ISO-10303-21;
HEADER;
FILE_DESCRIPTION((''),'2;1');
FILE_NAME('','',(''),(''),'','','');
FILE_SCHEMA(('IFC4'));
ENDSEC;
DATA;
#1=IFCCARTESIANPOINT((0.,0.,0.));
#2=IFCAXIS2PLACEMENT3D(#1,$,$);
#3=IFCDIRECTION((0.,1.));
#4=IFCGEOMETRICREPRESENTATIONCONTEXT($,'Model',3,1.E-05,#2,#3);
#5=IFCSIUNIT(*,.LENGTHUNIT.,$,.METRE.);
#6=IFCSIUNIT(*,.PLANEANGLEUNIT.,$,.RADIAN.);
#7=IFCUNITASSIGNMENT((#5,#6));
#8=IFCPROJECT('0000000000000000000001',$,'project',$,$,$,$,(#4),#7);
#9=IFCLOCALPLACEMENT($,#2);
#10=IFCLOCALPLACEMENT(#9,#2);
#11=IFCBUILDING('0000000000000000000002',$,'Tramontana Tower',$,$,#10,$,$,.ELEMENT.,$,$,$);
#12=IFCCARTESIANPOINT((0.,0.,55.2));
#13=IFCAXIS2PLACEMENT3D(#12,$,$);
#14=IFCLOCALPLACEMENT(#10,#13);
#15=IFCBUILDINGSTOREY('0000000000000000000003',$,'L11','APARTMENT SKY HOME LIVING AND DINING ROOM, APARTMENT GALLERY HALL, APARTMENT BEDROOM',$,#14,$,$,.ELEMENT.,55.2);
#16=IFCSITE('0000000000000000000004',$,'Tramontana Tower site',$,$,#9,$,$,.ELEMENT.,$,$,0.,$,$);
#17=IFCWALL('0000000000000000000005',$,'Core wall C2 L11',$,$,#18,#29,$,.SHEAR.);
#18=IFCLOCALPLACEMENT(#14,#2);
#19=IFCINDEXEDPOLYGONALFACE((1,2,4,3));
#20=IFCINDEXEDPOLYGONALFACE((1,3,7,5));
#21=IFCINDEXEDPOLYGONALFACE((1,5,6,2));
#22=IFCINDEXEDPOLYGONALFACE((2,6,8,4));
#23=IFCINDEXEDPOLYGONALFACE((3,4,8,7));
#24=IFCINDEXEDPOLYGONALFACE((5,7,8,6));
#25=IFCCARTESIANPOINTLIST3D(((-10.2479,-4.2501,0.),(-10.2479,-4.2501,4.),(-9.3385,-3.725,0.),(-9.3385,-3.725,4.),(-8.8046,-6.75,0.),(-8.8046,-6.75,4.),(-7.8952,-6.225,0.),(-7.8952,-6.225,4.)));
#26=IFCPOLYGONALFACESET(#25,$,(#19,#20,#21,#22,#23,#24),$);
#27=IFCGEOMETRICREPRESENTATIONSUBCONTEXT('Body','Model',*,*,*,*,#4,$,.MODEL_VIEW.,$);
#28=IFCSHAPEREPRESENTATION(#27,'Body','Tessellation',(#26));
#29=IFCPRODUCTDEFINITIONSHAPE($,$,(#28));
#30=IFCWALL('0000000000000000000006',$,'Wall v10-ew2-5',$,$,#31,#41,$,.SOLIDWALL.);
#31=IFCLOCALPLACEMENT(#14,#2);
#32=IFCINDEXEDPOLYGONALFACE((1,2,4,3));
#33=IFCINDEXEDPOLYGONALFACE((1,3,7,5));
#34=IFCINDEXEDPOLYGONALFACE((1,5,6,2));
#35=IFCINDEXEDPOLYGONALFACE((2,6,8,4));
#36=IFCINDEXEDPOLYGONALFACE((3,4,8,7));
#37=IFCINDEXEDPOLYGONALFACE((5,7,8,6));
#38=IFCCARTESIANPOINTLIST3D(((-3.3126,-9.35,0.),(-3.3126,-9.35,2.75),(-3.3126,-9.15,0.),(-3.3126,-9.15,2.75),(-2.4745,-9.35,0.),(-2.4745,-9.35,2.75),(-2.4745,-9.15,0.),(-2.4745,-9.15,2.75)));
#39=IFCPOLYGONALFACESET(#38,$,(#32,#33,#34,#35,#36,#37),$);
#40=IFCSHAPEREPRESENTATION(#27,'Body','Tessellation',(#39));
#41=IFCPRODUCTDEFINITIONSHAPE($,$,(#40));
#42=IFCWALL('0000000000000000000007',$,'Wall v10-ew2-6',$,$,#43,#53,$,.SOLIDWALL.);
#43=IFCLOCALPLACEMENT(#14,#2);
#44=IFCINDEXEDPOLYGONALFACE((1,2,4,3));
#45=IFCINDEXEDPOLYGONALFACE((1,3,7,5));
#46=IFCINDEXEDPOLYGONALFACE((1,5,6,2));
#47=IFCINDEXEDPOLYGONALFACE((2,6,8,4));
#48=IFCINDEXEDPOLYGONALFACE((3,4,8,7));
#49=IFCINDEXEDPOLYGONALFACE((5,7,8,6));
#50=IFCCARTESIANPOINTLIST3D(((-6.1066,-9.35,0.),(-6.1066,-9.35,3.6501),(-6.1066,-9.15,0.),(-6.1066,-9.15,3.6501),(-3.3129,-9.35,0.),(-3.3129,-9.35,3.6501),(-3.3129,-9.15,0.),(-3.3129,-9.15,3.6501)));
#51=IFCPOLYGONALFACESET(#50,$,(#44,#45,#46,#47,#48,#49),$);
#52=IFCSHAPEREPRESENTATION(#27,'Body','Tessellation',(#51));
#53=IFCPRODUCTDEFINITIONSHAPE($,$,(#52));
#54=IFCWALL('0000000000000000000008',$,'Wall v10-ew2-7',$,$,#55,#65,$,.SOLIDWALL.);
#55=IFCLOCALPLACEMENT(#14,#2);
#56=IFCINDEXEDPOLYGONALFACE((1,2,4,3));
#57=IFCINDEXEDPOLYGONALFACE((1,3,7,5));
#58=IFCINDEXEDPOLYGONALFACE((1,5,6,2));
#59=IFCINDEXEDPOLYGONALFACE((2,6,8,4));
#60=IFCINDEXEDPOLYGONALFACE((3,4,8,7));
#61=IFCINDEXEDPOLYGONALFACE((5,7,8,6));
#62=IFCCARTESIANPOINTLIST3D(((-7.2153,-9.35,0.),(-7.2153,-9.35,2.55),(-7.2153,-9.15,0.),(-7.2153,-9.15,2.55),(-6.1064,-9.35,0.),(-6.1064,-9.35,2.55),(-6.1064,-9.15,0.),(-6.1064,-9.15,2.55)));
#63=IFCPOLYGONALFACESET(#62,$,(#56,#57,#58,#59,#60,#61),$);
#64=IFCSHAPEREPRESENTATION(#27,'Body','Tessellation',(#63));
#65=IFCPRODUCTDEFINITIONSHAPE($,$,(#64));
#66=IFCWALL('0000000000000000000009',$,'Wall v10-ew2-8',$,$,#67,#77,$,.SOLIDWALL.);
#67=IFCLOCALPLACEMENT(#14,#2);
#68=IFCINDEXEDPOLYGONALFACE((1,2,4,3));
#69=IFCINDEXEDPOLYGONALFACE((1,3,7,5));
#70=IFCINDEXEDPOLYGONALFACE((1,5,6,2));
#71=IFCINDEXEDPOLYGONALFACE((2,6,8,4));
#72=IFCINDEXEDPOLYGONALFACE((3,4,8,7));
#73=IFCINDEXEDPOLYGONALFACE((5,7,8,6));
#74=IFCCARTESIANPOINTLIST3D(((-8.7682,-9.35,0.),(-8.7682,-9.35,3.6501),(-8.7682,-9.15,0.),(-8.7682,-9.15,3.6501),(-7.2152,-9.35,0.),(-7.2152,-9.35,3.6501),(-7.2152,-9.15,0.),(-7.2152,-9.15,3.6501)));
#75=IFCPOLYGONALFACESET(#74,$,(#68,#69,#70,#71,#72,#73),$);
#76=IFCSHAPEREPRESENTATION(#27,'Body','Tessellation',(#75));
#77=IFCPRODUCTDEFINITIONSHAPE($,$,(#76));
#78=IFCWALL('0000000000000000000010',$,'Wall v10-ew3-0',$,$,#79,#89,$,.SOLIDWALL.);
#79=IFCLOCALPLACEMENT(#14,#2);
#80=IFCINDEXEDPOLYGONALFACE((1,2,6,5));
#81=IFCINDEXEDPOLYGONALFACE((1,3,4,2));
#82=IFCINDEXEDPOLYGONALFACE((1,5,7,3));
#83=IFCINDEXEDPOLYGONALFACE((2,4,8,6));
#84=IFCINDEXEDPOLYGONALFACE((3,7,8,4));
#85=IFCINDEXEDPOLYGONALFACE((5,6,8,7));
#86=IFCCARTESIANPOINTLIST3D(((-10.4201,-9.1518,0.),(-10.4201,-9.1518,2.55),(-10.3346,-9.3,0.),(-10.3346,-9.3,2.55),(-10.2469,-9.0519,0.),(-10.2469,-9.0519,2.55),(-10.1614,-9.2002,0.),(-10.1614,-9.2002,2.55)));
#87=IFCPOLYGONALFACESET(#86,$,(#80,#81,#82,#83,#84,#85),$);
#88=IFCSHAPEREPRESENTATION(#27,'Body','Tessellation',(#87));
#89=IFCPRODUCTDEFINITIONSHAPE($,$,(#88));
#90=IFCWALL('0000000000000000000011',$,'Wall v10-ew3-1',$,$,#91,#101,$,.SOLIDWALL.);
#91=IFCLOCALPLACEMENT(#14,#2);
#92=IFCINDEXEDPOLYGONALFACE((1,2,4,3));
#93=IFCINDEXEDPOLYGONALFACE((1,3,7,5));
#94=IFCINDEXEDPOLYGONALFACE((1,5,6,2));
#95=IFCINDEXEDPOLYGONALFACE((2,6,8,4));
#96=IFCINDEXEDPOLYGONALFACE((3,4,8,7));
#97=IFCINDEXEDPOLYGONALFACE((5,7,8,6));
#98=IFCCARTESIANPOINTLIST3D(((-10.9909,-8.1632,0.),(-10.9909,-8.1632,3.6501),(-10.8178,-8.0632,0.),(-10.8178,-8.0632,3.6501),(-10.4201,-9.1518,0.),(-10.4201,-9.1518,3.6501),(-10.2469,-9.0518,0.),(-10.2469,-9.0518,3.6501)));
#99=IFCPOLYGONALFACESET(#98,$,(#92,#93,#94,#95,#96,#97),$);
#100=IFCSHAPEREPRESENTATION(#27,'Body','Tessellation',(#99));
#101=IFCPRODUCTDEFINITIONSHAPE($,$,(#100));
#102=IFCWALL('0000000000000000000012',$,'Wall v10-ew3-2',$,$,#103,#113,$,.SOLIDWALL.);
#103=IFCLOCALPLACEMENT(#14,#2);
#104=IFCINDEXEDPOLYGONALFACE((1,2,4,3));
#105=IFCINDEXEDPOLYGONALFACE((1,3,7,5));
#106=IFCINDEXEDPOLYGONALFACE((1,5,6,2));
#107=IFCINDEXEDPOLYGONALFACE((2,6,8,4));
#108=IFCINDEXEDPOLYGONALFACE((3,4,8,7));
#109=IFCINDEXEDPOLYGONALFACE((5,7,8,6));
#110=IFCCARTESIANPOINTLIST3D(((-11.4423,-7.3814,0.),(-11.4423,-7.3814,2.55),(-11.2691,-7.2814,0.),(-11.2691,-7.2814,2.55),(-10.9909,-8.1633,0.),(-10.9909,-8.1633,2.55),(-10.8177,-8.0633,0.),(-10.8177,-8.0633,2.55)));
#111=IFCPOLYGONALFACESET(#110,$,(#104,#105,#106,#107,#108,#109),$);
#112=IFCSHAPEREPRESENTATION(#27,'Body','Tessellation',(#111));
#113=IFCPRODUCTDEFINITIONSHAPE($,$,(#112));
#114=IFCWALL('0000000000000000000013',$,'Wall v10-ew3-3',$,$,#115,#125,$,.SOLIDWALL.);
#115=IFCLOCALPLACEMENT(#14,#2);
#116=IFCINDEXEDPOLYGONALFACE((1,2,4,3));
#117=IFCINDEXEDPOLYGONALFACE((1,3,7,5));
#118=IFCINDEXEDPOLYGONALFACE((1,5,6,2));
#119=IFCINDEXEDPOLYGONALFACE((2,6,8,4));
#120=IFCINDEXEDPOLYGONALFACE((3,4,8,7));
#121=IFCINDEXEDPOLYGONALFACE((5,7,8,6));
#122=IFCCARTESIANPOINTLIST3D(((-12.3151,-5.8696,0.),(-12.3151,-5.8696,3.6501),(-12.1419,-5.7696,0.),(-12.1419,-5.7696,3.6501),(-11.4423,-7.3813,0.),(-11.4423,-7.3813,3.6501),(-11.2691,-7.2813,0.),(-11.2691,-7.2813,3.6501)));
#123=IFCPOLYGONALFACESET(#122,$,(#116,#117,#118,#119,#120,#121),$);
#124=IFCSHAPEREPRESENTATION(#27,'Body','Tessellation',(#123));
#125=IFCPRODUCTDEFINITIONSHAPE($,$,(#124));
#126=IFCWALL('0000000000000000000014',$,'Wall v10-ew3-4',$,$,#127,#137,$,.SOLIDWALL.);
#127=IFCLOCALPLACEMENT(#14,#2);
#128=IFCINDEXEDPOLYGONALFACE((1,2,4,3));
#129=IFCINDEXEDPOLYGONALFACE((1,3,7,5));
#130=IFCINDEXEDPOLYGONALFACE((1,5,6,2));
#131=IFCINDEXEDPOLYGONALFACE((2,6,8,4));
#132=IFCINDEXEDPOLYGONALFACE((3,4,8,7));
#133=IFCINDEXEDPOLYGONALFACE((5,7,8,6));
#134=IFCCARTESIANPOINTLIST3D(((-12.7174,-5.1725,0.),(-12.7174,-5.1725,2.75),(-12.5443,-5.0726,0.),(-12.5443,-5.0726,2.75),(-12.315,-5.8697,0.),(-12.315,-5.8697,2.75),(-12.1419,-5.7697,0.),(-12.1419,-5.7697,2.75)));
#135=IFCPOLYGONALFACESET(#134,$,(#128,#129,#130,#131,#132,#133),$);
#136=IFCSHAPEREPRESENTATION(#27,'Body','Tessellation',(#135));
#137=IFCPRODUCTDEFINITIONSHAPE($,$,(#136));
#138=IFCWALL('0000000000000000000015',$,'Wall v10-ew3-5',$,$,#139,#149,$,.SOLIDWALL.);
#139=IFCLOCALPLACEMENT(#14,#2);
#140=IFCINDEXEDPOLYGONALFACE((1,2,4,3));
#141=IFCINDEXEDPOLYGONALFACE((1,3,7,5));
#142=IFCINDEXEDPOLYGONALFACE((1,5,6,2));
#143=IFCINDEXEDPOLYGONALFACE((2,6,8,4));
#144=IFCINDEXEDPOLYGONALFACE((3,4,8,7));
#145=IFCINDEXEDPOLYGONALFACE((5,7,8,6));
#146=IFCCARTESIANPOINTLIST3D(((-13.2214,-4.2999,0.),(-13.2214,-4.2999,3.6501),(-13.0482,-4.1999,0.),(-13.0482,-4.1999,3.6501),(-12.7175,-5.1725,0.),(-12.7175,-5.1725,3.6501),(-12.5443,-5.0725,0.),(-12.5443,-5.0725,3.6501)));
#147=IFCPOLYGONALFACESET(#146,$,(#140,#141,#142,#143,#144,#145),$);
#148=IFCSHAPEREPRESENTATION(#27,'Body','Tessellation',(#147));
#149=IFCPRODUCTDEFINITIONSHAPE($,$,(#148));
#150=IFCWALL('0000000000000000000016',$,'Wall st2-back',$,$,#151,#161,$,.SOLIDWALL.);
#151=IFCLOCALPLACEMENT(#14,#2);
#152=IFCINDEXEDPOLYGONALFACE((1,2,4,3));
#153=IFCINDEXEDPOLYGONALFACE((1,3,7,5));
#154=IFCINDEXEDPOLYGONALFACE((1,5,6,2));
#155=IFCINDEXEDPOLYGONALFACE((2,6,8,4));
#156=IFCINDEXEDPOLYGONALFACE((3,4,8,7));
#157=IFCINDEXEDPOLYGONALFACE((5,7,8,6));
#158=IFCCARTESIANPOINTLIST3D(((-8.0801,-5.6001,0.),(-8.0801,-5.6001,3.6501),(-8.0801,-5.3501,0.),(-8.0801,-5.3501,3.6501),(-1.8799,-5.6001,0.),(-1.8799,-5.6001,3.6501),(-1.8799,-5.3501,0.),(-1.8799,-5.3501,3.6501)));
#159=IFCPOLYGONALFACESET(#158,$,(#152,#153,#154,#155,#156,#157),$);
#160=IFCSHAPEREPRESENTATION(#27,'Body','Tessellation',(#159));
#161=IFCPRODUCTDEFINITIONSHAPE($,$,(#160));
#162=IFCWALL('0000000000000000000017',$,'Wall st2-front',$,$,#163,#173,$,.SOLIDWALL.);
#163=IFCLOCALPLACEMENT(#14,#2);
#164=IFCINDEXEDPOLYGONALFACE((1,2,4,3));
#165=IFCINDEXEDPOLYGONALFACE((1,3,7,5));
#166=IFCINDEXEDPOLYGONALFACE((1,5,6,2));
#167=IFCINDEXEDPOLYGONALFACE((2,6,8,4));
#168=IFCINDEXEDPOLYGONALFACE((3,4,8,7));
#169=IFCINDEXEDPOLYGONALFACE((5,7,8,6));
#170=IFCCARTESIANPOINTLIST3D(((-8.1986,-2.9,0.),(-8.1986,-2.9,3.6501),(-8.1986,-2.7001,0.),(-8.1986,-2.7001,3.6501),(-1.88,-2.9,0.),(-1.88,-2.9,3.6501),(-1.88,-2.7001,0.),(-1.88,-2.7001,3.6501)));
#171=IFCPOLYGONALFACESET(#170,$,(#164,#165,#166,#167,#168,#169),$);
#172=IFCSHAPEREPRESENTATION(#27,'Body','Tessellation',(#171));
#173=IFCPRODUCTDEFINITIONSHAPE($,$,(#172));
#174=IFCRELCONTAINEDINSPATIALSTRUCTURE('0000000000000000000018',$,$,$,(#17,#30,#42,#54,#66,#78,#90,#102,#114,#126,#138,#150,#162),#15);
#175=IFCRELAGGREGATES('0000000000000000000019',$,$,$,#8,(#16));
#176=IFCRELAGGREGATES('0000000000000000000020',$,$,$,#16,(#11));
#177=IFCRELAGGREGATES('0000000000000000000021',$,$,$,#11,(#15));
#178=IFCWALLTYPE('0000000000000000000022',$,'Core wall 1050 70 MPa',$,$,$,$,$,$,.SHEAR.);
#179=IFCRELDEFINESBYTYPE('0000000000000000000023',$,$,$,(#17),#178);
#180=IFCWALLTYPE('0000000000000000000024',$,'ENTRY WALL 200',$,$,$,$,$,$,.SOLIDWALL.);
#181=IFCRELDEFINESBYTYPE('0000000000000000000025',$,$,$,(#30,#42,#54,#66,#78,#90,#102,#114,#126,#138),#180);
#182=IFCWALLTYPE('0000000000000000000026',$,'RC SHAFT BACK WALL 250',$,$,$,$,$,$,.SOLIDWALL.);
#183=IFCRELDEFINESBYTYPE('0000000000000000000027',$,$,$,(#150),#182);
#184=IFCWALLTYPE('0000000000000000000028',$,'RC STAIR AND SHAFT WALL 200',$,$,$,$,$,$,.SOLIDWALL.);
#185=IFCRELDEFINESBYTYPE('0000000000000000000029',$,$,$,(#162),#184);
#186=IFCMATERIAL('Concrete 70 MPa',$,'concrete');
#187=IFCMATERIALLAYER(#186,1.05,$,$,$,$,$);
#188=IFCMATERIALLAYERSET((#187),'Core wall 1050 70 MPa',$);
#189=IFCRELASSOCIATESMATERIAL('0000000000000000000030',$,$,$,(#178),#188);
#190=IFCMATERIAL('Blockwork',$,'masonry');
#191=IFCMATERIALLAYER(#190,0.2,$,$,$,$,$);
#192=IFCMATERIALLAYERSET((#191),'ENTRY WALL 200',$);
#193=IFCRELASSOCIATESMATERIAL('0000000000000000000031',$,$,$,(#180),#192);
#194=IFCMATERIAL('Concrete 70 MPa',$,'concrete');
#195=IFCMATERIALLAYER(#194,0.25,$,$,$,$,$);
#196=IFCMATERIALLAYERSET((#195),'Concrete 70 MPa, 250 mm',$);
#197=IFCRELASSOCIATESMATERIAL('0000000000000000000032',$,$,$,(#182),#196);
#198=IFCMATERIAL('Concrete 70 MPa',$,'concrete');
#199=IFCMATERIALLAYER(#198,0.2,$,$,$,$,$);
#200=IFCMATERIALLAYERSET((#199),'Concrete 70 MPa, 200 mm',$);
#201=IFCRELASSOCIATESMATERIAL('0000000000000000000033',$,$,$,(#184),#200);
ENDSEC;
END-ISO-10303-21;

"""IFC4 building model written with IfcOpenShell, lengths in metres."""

from ifc_helpers import new_model, si_unit, direction, frame, frame_2d, origin, place, context, subcontext, project, spatial, rectangle, extrude, material, layer, layer_set, type_object, element, save


model = new_model("IFC4")

# Units and contexts
model_context = context("Model", 3, precision=1e-05, world=origin(), true_north=direction((0.0, 1.0)))
body_context = subcontext(model_context, "Body", "Model", "MODEL_VIEW")
ifc_project = project(units=[si_unit("LENGTHUNIT", "METRE"), si_unit("PLANEANGLEUNIT", "RADIAN")], contexts=[model_context])

# Site, building, storey
site_placement = place(None, origin())
site = spatial("IfcSite", under=ifc_project, at=site_placement, Name="Tramontana Tower site", CompositionType="ELEMENT", RefElevation=0.0)
building_placement = place(site_placement, origin())
building = spatial("IfcBuilding", under=site, at=building_placement, Name="Tramontana Tower", CompositionType="ELEMENT")
storey_placement = place(building_placement, frame((0.0, 0.0, 55.2)))
storey = spatial("IfcBuildingStorey", under=building, at=storey_placement, Name="L11", Description="APARTMENT SKY HOME LIVING AND DINING ROOM, APARTMENT GALLERY HALL, APARTMENT BEDROOM", CompositionType="ELEMENT", Elevation=55.2)

# Wall
ifc_material_1 = material(Name="Concrete 70 MPa", Category="concrete")
ifc_layer_1 = layer(ifc_material_1, 1.05)
ifc_layer_set_1 = layer_set([ifc_layer_1], Name="Core wall 1050 70 MPa")
wall_type_1 = type_object("IfcWallType", Name="Core wall 1050 70 MPa", PredefinedType="SHEAR", material=ifc_layer_set_1)
wall_1_placement = place(storey_placement, frame((-9.7932, -3.9875, 0.0), z_axis=(0.0, 0.0, 1.0), x_axis=(0.499996, -0.866028, 0.0)))
element("IfcWall", 1, at=wall_1_placement, inside=storey, type_object=wall_type_1, Name="Core wall C2 L11", PredefinedType="SHEAR", context=body_context, shape_type="SweptSolid", body=[
    extrude(rectangle(XDim=2.8867, YDim=1.05, at=frame_2d((1.4434, 0.0))), origin(), (0.0, 0.0, 1.0), 4.0),
])

# Walls
ifc_material_2 = material(Name="Blockwork", Category="masonry")
ifc_layer_2 = layer(ifc_material_2, 0.2)
ifc_layer_set_2 = layer_set([ifc_layer_2], Name="ENTRY WALL 200")
wall_type_2 = type_object("IfcWallType", Name="ENTRY WALL 200", PredefinedType="SOLIDWALL", material=ifc_layer_set_2)
wall_2_placement = place(storey_placement, frame((-2.4746, -9.25, 0.0), z_axis=(0.0, 0.0, 1.0), x_axis=(-1.0, 0.0, 0.0)))
element("IfcWall", 2, at=wall_2_placement, inside=storey, type_object=wall_type_2, Name="Wall v10-ew2-5", PredefinedType="SOLIDWALL", context=body_context, shape_type="SweptSolid", body=[
    extrude(rectangle(XDim=0.8381, YDim=0.2, at=frame_2d((0.4189, 0.0))), origin(), (0.0, 0.0, 1.0), 2.75),
])
wall_3_placement = place(storey_placement, frame((-3.3127, -9.25, 0.0), z_axis=(0.0, 0.0, 1.0), x_axis=(-1.0, 0.0, 0.0)))
element("IfcWall", 3, at=wall_3_placement, inside=storey, type_object=wall_type_2, Name="Wall v10-ew2-6", PredefinedType="SOLIDWALL", context=body_context, shape_type="SweptSolid", body=[
    extrude(rectangle(XDim=2.7937, YDim=0.2, at=frame_2d((1.397, 0.0))), origin(), (0.0, 0.0, 1.0), 3.6501),
])
wall_4_placement = place(storey_placement, frame((-6.1064, -9.25, 0.0), z_axis=(0.0, 0.0, 1.0), x_axis=(-1.0, 0.0, 0.0)))
element("IfcWall", 4, at=wall_4_placement, inside=storey, type_object=wall_type_2, Name="Wall v10-ew2-7", PredefinedType="SOLIDWALL", context=body_context, shape_type="SweptSolid", body=[
    extrude(rectangle(XDim=1.1089, YDim=0.2, at=frame_2d((0.5544, 0.0))), origin(), (0.0, 0.0, 1.0), 2.55),
])
wall_5_placement = place(storey_placement, frame((-7.2153, -9.25, 0.0), z_axis=(0.0, 0.0, 1.0), x_axis=(-1.0, 0.0, 0.0)))
element("IfcWall", 5, at=wall_5_placement, inside=storey, type_object=wall_type_2, Name="Wall v10-ew2-8", PredefinedType="SOLIDWALL", context=body_context, shape_type="SweptSolid", body=[
    extrude(rectangle(XDim=1.553, YDim=0.2, at=frame_2d((0.7764, 0.0))), origin(), (0.0, 0.0, 1.0), 3.6501),
])

# Walls
wall_6_placement = place(storey_placement, frame((-10.248, -9.25, 0.0), z_axis=(0.0, 0.0, 1.0), x_axis=(-0.499517, 0.866304, 0.0)))
element("IfcWall", 6, at=wall_6_placement, inside=storey, type_object=wall_type_2, Name="Wall v10-ew3-0", PredefinedType="SOLIDWALL", context=body_context, shape_type="SweptSolid", body=[
    extrude(rectangle(XDim=0.1711, YDim=0.2, at=frame_2d((0.0854, 0.0))), origin(), (0.0, 0.0, 1.0), 2.55),
])
wall_7_placement = place(storey_placement, frame((-10.3335, -9.1018, 0.0), z_axis=(0.0, 0.0, 1.0), x_axis=(-0.50005, 0.865997, 0.0)))
element("IfcWall", 7, at=wall_7_placement, inside=storey, type_object=wall_type_2, Name="Wall v10-ew3-1", PredefinedType="SOLIDWALL", context=body_context, shape_type="SweptSolid", body=[
    extrude(rectangle(XDim=1.1416, YDim=0.2, at=frame_2d((0.5708, 0.0))), origin(), (0.0, 0.0, 1.0), 3.6501),
])
wall_8_placement = place(storey_placement, frame((-10.9043, -8.1133, 0.0), z_axis=(0.0, 0.0, 1.0), x_axis=(-0.499949, 0.866055, 0.0)))
element("IfcWall", 8, at=wall_8_placement, inside=storey, type_object=wall_type_2, Name="Wall v10-ew3-2", PredefinedType="SOLIDWALL", context=body_context, shape_type="SweptSolid", body=[
    extrude(rectangle(XDim=0.9028, YDim=0.2, at=frame_2d((0.4514, 0.0))), origin(), (0.0, 0.0, 1.0), 2.55),
])
wall_9_placement = place(storey_placement, frame((-11.3557, -7.3313, 0.0), z_axis=(0.0, 0.0, 1.0), x_axis=(-0.500005, 0.866023, 0.0)))
element("IfcWall", 9, at=wall_9_placement, inside=storey, type_object=wall_type_2, Name="Wall v10-ew3-3", PredefinedType="SOLIDWALL", context=body_context, shape_type="SweptSolid", body=[
    extrude(rectangle(XDim=1.7456, YDim=0.2, at=frame_2d((0.8728, 0.0))), origin(), (0.0, 0.0, 1.0), 3.6501),
])
wall_10_placement = place(storey_placement, frame((-12.2285, -5.8196, 0.0), z_axis=(0.0, 0.0, 1.0), x_axis=(-0.499924, 0.866069, 0.0)))
element("IfcWall", 10, at=wall_10_placement, inside=storey, type_object=wall_type_2, Name="Wall v10-ew3-4", PredefinedType="SOLIDWALL", context=body_context, shape_type="SweptSolid", body=[
    extrude(rectangle(XDim=0.8049, YDim=0.2, at=frame_2d((0.4023, 0.0))), origin(), (0.0, 0.0, 1.0), 2.75),
])
wall_11_placement = place(storey_placement, frame((-12.6309, -5.1226, 0.0), z_axis=(0.0, 0.0, 1.0), x_axis=(-0.5001, 0.865968, 0.0)))
element("IfcWall", 11, at=wall_11_placement, inside=storey, type_object=wall_type_2, Name="Wall v10-ew3-5", PredefinedType="SOLIDWALL", context=body_context, shape_type="SweptSolid", body=[
    extrude(rectangle(XDim=1.0076, YDim=0.2, at=frame_2d((0.5039, 0.0))), origin(), (0.0, 0.0, 1.0), 3.6501),
])
ifc_material_3 = material(Name="Concrete 70 MPa", Category="concrete")
ifc_layer_3 = layer(ifc_material_3, 0.25)
ifc_layer_set_3 = layer_set([ifc_layer_3], Name="Concrete 70 MPa, 250 mm")
wall_type_3 = type_object("IfcWallType", Name="RC SHAFT BACK WALL 250", PredefinedType="SOLIDWALL", material=ifc_layer_set_3)
wall_12_placement = place(storey_placement, frame((-8.0801, -5.4751, 0.0), z_axis=(0.0, 0.0, 1.0), x_axis=(1.0, 0.0, 0.0)))
element("IfcWall", 12, at=wall_12_placement, inside=storey, type_object=wall_type_3, Name="Wall st2-back", PredefinedType="SOLIDWALL", context=body_context, shape_type="SweptSolid", body=[
    extrude(rectangle(XDim=6.2002, YDim=0.25, at=frame_2d((3.1001, 0.0))), origin(), (0.0, 0.0, 1.0), 3.6501),
])
ifc_material_4 = material(Name="Concrete 70 MPa", Category="concrete")
ifc_layer_4 = layer(ifc_material_4, 0.2)
ifc_layer_set_4 = layer_set([ifc_layer_4], Name="Concrete 70 MPa, 200 mm")
wall_type_4 = type_object("IfcWallType", Name="RC STAIR AND SHAFT WALL 200", PredefinedType="SOLIDWALL", material=ifc_layer_set_4)
wall_13_placement = place(storey_placement, frame((-8.1985, -2.8, 0.0), z_axis=(0.0, 0.0, 1.0), x_axis=(1.0, 0.0, 0.0)))
element("IfcWall", 13, at=wall_13_placement, inside=storey, type_object=wall_type_4, Name="Wall st2-front", PredefinedType="SOLIDWALL", context=body_context, shape_type="SweptSolid", body=[
    extrude(rectangle(XDim=6.3186, YDim=0.2, at=frame_2d((3.1592, 0.0))), origin(), (0.0, 0.0, 1.0), 3.6501),
])

save(model, "model.ifc")
